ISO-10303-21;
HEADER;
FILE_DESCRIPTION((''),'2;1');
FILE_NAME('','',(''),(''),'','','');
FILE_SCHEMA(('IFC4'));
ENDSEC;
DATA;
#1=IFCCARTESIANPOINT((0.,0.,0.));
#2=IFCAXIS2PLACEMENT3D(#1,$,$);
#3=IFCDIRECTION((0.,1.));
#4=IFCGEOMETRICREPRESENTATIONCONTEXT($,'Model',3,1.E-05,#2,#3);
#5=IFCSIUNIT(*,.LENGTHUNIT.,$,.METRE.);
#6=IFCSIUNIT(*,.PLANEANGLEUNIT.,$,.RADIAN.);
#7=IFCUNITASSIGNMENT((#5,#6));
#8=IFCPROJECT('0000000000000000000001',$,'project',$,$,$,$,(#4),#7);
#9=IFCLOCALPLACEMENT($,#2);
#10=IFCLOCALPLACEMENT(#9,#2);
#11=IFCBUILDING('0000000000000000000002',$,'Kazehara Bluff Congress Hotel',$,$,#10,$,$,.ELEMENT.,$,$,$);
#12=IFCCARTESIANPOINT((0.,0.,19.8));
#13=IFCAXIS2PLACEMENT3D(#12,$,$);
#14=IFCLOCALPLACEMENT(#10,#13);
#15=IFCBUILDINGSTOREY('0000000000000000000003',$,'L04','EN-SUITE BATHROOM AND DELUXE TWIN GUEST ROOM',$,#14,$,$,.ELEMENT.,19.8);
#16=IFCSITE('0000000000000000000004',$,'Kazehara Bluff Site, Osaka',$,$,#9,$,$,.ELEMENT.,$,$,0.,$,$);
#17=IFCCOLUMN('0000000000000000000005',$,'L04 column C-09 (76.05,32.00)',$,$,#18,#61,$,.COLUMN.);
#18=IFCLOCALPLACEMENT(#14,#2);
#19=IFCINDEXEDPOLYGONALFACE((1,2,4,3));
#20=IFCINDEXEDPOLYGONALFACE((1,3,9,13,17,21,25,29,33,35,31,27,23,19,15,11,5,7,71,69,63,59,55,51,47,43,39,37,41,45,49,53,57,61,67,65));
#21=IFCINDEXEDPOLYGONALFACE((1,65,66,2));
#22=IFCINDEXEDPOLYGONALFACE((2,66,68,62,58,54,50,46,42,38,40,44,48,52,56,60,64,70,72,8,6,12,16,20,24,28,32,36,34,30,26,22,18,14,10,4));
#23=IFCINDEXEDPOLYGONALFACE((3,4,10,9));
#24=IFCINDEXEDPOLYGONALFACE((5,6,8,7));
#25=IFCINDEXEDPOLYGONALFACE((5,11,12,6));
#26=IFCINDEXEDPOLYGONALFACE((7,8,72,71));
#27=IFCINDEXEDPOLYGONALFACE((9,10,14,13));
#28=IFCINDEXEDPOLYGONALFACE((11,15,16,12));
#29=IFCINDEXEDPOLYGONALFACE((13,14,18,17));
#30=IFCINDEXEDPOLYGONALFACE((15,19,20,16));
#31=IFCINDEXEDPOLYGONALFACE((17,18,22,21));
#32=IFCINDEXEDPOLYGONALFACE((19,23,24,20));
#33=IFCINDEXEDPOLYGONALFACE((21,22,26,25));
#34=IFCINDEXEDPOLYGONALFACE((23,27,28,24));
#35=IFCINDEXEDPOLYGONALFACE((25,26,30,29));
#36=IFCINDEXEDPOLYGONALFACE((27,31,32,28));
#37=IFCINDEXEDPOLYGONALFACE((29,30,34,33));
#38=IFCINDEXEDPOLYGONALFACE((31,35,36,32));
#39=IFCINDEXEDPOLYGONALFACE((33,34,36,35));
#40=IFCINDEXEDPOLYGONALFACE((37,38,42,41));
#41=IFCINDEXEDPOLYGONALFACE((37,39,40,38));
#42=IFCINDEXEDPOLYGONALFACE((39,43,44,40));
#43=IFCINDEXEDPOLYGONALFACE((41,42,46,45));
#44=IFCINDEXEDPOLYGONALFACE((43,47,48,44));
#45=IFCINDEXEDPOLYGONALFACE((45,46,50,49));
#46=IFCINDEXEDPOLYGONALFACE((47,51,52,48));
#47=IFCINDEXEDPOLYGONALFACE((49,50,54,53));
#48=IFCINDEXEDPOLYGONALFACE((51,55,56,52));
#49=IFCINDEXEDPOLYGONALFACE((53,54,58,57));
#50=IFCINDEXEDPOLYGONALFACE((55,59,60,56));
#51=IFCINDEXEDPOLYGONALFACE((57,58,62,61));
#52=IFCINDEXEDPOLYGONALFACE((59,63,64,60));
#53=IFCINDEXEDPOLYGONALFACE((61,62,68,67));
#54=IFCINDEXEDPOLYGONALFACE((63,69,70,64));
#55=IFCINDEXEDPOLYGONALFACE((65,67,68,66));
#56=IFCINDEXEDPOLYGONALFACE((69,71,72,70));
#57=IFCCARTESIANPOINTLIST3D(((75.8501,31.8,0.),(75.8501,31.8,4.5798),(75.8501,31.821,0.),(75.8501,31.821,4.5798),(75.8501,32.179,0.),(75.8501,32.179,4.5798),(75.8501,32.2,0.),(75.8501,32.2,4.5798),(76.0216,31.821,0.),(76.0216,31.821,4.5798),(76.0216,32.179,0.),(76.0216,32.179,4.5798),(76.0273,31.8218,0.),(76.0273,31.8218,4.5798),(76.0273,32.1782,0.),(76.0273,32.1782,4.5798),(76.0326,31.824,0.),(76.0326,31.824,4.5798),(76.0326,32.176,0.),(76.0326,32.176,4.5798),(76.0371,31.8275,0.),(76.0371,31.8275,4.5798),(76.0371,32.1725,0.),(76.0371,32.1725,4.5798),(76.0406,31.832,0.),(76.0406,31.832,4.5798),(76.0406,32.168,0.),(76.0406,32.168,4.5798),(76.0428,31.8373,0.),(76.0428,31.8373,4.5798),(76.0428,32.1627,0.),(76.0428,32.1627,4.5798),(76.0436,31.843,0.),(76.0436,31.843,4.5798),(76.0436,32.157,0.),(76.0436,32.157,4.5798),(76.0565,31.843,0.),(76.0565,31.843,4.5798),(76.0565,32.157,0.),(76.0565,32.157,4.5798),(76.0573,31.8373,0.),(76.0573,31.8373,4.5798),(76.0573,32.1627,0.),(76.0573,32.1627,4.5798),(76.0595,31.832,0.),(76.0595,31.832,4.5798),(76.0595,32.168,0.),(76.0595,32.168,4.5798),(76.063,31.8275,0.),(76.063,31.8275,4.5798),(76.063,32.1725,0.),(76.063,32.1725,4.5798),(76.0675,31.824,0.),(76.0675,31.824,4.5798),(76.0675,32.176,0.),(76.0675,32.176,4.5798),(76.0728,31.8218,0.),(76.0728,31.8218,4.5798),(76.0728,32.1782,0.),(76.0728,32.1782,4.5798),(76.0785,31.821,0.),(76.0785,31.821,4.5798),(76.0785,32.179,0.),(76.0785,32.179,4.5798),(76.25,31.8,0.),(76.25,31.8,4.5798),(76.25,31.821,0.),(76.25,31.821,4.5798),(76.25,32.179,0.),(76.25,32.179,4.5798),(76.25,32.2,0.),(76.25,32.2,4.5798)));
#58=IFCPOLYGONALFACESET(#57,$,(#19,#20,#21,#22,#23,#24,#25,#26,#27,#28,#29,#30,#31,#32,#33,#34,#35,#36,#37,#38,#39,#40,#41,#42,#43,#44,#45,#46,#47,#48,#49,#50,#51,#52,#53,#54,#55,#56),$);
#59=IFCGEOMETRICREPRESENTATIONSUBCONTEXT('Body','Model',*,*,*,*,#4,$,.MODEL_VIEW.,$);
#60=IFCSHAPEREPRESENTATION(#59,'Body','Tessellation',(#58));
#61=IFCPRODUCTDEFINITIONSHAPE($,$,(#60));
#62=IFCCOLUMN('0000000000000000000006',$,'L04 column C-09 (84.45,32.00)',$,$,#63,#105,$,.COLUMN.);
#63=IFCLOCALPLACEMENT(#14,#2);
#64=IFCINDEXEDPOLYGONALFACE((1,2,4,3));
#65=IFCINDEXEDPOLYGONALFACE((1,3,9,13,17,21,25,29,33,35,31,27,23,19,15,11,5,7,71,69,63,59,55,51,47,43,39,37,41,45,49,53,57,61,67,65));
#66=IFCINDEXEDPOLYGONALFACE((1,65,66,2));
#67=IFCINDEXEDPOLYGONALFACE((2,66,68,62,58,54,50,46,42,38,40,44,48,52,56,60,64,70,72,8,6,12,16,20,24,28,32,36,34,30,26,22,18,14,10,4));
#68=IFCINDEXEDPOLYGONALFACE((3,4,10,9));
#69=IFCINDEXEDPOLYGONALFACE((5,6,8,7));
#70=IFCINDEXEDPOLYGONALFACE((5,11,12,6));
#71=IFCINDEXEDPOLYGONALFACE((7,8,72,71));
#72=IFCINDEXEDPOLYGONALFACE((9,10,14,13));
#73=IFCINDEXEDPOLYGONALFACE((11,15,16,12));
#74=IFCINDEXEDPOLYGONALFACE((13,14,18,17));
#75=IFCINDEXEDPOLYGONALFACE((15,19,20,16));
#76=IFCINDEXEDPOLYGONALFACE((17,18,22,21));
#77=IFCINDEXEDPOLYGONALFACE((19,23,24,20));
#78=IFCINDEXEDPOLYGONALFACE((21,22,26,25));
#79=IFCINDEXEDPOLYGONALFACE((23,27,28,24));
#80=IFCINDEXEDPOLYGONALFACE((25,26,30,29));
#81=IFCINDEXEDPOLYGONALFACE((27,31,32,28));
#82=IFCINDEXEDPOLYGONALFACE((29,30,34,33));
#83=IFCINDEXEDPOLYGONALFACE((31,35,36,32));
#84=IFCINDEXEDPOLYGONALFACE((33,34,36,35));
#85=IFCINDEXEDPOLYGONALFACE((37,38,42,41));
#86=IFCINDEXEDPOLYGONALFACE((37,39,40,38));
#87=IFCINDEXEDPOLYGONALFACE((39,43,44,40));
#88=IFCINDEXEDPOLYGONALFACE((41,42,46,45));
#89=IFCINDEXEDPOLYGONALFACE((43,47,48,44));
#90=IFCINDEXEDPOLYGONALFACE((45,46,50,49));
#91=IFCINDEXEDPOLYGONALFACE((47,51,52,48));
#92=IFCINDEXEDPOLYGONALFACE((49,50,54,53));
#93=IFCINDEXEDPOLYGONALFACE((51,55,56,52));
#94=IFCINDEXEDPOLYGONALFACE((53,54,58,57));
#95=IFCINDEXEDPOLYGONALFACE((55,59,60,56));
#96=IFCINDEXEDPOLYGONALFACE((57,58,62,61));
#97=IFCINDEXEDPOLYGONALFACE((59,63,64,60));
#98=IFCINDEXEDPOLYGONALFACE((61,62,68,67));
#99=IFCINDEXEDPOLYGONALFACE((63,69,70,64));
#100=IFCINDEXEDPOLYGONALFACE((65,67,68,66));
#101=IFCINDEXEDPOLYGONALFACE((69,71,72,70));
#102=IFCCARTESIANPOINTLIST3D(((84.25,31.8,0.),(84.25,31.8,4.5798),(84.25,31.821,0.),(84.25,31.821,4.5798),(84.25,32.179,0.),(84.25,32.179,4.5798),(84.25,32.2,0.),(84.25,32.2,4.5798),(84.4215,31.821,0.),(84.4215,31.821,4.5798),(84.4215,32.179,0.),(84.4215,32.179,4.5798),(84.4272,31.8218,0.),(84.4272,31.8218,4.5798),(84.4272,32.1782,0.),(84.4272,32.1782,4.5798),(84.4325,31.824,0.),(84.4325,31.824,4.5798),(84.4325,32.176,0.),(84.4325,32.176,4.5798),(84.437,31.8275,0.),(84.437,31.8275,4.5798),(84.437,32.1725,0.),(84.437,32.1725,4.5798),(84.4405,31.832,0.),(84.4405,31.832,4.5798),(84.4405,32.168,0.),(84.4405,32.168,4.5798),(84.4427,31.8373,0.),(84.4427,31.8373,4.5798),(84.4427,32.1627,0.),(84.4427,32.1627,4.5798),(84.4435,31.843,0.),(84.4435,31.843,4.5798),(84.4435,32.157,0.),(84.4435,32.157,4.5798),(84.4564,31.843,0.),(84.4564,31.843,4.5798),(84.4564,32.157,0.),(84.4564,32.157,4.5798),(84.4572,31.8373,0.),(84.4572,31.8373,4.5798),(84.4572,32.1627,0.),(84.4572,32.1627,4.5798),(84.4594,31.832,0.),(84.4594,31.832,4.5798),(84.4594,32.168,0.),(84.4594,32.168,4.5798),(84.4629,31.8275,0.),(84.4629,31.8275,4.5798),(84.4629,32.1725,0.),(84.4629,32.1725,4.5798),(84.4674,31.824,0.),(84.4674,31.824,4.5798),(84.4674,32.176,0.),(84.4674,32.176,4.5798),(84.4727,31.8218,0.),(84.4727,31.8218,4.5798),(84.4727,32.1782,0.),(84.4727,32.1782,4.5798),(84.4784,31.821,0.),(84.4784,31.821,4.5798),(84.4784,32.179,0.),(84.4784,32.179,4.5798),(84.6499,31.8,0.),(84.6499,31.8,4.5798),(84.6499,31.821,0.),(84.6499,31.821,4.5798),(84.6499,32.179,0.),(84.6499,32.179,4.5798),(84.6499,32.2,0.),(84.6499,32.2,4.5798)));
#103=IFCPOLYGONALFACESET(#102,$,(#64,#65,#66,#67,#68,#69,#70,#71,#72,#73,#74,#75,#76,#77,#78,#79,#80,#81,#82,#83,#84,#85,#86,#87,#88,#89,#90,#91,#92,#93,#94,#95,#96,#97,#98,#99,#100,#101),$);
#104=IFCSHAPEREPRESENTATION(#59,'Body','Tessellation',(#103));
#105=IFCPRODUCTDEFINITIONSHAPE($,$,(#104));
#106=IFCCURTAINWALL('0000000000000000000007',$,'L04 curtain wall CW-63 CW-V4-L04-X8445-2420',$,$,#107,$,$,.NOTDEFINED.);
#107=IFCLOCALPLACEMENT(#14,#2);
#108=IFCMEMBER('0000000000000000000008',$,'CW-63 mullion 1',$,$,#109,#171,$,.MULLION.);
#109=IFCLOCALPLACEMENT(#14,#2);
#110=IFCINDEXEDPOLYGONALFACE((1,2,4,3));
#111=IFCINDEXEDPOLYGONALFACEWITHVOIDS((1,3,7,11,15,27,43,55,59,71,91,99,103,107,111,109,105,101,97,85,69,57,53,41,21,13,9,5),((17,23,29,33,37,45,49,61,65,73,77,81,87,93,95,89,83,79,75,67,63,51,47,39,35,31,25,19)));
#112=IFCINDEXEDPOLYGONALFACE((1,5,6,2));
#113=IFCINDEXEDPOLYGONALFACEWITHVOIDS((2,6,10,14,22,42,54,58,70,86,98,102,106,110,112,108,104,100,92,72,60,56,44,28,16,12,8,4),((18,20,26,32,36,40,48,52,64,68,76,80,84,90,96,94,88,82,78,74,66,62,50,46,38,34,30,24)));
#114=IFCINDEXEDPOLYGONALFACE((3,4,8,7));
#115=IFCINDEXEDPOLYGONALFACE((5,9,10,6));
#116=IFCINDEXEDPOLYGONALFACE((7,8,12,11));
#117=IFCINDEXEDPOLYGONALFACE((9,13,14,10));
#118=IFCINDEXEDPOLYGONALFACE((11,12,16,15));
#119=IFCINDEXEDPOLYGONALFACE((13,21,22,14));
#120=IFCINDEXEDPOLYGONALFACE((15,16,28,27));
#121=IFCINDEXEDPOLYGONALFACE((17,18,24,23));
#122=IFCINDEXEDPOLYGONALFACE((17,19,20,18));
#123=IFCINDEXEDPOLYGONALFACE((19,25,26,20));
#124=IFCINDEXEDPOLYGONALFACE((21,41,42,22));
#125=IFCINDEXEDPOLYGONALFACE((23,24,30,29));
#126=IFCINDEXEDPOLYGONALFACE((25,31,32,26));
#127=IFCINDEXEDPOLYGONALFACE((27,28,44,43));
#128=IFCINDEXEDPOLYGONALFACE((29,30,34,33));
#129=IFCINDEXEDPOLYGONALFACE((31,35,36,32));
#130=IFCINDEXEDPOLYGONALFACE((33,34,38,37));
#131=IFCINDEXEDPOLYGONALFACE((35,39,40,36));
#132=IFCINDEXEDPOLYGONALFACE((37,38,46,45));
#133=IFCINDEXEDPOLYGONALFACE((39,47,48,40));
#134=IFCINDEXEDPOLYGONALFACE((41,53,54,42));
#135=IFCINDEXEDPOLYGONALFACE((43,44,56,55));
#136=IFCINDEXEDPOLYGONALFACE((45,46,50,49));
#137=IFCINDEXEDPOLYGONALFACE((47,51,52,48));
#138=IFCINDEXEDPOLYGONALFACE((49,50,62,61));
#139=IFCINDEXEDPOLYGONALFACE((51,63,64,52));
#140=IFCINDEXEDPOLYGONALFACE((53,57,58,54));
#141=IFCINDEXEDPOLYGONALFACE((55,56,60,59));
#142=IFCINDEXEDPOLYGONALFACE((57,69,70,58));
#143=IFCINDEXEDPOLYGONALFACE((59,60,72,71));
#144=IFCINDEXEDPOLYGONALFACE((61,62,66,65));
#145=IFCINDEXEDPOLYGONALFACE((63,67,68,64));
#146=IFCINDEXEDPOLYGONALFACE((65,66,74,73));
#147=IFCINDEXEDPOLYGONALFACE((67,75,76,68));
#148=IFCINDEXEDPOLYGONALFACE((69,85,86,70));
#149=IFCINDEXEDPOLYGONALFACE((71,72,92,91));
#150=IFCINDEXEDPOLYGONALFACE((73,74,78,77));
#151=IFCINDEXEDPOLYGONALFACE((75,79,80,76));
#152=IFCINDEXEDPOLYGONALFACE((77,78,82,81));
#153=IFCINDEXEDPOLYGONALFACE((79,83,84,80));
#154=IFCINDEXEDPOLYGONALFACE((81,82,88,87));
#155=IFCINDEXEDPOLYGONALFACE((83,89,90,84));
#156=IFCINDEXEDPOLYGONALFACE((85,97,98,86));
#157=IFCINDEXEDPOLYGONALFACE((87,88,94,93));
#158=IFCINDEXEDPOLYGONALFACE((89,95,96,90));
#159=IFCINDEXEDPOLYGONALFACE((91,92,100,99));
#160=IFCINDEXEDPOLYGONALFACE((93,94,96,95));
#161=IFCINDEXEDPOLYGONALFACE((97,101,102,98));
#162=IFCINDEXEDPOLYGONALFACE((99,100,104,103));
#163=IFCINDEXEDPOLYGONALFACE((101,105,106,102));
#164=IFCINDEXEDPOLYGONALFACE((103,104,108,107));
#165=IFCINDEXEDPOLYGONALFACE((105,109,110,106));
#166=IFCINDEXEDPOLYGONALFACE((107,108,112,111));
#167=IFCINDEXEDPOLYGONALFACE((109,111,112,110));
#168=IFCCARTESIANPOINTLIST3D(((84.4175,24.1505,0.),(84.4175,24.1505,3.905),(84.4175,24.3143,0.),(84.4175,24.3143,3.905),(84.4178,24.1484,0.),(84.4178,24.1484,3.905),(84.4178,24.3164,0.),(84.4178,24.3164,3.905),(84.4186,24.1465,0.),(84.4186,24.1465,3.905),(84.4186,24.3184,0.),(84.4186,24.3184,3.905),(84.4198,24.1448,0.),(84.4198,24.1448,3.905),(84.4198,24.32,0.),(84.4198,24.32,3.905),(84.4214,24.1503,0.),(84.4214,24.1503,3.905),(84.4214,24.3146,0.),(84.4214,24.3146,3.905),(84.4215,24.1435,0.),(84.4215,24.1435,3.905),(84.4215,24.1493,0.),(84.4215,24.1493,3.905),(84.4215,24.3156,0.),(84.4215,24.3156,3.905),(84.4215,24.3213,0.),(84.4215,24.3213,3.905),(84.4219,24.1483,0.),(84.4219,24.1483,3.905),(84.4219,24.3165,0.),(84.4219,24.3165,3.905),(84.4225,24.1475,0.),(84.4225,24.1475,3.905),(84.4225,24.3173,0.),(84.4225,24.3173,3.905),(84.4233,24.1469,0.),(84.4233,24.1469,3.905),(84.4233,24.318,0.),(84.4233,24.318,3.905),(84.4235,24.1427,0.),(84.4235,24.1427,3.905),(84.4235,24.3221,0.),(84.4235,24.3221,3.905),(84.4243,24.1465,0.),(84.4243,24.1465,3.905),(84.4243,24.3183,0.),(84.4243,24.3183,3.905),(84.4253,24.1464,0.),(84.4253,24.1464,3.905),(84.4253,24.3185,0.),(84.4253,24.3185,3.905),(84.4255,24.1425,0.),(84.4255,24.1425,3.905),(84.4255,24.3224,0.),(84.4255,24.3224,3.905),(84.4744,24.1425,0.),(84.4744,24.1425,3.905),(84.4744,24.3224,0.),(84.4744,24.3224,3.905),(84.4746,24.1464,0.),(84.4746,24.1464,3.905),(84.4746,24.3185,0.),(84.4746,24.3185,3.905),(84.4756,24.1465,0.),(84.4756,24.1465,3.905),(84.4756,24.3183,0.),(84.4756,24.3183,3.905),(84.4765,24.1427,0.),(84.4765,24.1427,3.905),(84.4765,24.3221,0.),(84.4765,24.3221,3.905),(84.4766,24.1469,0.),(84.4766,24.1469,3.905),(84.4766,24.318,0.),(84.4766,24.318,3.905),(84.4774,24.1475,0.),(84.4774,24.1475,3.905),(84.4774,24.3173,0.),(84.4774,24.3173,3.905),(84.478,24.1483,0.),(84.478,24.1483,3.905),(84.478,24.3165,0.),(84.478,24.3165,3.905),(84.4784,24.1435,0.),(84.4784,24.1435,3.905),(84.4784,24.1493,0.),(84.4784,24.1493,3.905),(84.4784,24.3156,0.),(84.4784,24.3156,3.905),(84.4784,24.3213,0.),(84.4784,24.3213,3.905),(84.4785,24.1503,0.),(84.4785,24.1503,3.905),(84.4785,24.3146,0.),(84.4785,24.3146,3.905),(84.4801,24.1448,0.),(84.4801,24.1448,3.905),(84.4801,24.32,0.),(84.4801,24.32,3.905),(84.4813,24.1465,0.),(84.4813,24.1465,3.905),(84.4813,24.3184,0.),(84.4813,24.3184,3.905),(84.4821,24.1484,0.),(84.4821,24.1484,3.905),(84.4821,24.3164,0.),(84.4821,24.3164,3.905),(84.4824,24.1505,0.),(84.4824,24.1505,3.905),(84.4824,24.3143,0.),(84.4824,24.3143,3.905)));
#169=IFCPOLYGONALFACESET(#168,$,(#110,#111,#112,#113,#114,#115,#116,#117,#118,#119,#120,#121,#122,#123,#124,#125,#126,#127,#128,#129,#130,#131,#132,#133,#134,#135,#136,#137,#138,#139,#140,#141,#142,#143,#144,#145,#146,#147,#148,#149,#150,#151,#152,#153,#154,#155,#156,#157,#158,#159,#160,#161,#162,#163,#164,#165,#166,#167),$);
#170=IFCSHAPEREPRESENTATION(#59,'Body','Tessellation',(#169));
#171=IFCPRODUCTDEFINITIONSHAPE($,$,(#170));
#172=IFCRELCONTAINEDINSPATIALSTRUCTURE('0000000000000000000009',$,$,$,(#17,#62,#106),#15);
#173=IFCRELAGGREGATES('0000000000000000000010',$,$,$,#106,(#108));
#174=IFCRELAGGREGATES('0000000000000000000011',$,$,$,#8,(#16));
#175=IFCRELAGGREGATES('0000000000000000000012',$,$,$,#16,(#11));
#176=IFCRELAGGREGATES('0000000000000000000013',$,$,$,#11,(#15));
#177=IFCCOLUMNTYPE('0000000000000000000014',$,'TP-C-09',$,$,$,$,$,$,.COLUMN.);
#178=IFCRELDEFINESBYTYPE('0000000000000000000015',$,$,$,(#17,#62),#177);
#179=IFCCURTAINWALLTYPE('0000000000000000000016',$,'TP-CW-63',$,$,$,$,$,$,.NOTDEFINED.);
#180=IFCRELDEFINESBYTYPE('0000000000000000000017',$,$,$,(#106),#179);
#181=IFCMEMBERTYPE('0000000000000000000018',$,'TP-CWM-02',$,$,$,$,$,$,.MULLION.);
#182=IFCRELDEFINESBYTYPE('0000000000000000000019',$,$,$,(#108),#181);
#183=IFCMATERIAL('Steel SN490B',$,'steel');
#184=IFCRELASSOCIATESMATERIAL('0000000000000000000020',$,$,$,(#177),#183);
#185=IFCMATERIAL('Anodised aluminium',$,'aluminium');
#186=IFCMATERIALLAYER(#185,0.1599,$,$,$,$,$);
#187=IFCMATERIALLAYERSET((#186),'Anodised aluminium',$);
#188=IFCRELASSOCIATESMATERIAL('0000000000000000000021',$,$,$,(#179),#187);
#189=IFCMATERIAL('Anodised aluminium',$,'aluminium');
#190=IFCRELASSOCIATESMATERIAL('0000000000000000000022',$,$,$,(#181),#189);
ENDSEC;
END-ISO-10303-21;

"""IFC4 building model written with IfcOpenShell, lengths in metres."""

from ifc_helpers import new_model, si_unit, direction, frame, origin, origin_2d, place, context, subcontext, project, spatial, hollow_rectangle, i_section, extrude, material, layer, layer_set, material_profile, profile_set, type_object, element, aggregate, save


model = new_model("IFC4")

# Units and contexts
model_context = context("Model", 3, precision=1e-05, world=origin(), true_north=direction((0.0, 1.0)))
body_context = subcontext(model_context, "Body", "Model", "MODEL_VIEW")
ifc_project = project(units=[si_unit("LENGTHUNIT", "METRE"), si_unit("PLANEANGLEUNIT", "RADIAN")], contexts=[model_context])

# Site, building, storey
site_placement = place(None, origin())
site = spatial("IfcSite", under=ifc_project, at=site_placement, Name="Kazehara Bluff Site, Osaka", CompositionType="ELEMENT", RefElevation=0.0)
building_placement = place(site_placement, origin())
building = spatial("IfcBuilding", under=site, at=building_placement, Name="Kazehara Bluff Congress Hotel", CompositionType="ELEMENT")
storey_placement = place(building_placement, frame((0.0, 0.0, 19.8)))
storey = spatial("IfcBuildingStorey", under=building, at=storey_placement, Name="L04", Description="EN-SUITE BATHROOM AND DELUXE TWIN GUEST ROOM", CompositionType="ELEMENT", Elevation=19.8)

# Columns
ifc_material_1 = material(Name="Steel SN490B", Category="steel")
ifc_material_profile_1 = material_profile(ifc_material_1, i_section(OverallWidth=0.3999, OverallDepth=0.3999, WebThickness=0.0129, FlangeThickness=0.021, FilletRadius=0.022, at=origin_2d()))
ifc_profile_set_1 = profile_set([ifc_material_profile_1], Name="Steel SN490B")
column_type = type_object("IfcColumnType", Name="TP-C-09", PredefinedType="COLUMN", material=ifc_profile_set_1)
for number, where, z_axis, x_axis, name in (
    (1, (76.05, 32.0, 0.0), (0.0, 0.0, 1.0), (1.0, 0.0, 0.0), "L04 column C-09 (76.05,32.00)"),
    (2, (84.45, 32.0, 0.0), (0.0, 0.0, 1.0), (1.0, 0.0, 0.0), "L04 column C-09 (84.45,32.00)"),
):
    element("IfcColumn", number, at=place(storey_placement, frame(where, z_axis=z_axis, x_axis=x_axis)), inside=storey, type_object=column_type, Name=name, PredefinedType="COLUMN", context=body_context, shape_type="SweptSolid", body=[
        extrude(i_section(OverallWidth=0.3999, OverallDepth=0.3999, WebThickness=0.0129, FlangeThickness=0.021, FilletRadius=0.022, at=origin_2d()), origin(), (0.0, 0.0, 1.0), 4.5798),
    ])

# Curtain wall, member
ifc_material_2 = material(Name="Anodised aluminium", Category="aluminium")
ifc_layer_1 = layer(ifc_material_2, 0.1599)
ifc_layer_set_1 = layer_set([ifc_layer_1], Name="Anodised aluminium")
curtain_wall_type = type_object("IfcCurtainWallType", Name="TP-CW-63", PredefinedType="NOTDEFINED", material=ifc_layer_set_1)
curtain_wall_placement = place(storey_placement, origin())
curtain_wall = element("IfcCurtainWall", 3, at=curtain_wall_placement, inside=storey, type_object=curtain_wall_type, Name="L04 curtain wall CW-63 CW-V4-L04-X8445-2420", PredefinedType="NOTDEFINED")
ifc_material_3 = material(Name="Anodised aluminium", Category="aluminium")
ifc_material_profile_2 = material_profile(ifc_material_3, hollow_rectangle(XDim=0.0649, YDim=0.1799, WallThickness=0.0039, InnerFilletRadius=0.0039, OuterFilletRadius=0.0081, at=origin_2d()))
ifc_profile_set_2 = profile_set([ifc_material_profile_2], Name="Anodised aluminium")
member_type_1 = type_object("IfcMemberType", Name="TP-CWM-02", PredefinedType="MULLION", material=ifc_profile_set_2)
member_1_placement = place(storey_placement, frame((84.45, 24.2324, 0.0), z_axis=(0.0, 0.0, 1.0), x_axis=(-1.0, 0.0, 0.0)))
member_1 = element("IfcMember", 4, at=member_1_placement, type_object=member_type_1, Name="CW-63 mullion 1", PredefinedType="MULLION", context=body_context, shape_type="SweptSolid", body=[
    extrude(hollow_rectangle(XDim=0.0649, YDim=0.1799, WallThickness=0.0039, InnerFilletRadius=0.0039, OuterFilletRadius=0.0081, at=origin_2d()), origin(), (0.0, 0.0, 1.0), 3.905),
])

aggregate(curtain_wall, [member_1])

save(model, "model.ifc")
